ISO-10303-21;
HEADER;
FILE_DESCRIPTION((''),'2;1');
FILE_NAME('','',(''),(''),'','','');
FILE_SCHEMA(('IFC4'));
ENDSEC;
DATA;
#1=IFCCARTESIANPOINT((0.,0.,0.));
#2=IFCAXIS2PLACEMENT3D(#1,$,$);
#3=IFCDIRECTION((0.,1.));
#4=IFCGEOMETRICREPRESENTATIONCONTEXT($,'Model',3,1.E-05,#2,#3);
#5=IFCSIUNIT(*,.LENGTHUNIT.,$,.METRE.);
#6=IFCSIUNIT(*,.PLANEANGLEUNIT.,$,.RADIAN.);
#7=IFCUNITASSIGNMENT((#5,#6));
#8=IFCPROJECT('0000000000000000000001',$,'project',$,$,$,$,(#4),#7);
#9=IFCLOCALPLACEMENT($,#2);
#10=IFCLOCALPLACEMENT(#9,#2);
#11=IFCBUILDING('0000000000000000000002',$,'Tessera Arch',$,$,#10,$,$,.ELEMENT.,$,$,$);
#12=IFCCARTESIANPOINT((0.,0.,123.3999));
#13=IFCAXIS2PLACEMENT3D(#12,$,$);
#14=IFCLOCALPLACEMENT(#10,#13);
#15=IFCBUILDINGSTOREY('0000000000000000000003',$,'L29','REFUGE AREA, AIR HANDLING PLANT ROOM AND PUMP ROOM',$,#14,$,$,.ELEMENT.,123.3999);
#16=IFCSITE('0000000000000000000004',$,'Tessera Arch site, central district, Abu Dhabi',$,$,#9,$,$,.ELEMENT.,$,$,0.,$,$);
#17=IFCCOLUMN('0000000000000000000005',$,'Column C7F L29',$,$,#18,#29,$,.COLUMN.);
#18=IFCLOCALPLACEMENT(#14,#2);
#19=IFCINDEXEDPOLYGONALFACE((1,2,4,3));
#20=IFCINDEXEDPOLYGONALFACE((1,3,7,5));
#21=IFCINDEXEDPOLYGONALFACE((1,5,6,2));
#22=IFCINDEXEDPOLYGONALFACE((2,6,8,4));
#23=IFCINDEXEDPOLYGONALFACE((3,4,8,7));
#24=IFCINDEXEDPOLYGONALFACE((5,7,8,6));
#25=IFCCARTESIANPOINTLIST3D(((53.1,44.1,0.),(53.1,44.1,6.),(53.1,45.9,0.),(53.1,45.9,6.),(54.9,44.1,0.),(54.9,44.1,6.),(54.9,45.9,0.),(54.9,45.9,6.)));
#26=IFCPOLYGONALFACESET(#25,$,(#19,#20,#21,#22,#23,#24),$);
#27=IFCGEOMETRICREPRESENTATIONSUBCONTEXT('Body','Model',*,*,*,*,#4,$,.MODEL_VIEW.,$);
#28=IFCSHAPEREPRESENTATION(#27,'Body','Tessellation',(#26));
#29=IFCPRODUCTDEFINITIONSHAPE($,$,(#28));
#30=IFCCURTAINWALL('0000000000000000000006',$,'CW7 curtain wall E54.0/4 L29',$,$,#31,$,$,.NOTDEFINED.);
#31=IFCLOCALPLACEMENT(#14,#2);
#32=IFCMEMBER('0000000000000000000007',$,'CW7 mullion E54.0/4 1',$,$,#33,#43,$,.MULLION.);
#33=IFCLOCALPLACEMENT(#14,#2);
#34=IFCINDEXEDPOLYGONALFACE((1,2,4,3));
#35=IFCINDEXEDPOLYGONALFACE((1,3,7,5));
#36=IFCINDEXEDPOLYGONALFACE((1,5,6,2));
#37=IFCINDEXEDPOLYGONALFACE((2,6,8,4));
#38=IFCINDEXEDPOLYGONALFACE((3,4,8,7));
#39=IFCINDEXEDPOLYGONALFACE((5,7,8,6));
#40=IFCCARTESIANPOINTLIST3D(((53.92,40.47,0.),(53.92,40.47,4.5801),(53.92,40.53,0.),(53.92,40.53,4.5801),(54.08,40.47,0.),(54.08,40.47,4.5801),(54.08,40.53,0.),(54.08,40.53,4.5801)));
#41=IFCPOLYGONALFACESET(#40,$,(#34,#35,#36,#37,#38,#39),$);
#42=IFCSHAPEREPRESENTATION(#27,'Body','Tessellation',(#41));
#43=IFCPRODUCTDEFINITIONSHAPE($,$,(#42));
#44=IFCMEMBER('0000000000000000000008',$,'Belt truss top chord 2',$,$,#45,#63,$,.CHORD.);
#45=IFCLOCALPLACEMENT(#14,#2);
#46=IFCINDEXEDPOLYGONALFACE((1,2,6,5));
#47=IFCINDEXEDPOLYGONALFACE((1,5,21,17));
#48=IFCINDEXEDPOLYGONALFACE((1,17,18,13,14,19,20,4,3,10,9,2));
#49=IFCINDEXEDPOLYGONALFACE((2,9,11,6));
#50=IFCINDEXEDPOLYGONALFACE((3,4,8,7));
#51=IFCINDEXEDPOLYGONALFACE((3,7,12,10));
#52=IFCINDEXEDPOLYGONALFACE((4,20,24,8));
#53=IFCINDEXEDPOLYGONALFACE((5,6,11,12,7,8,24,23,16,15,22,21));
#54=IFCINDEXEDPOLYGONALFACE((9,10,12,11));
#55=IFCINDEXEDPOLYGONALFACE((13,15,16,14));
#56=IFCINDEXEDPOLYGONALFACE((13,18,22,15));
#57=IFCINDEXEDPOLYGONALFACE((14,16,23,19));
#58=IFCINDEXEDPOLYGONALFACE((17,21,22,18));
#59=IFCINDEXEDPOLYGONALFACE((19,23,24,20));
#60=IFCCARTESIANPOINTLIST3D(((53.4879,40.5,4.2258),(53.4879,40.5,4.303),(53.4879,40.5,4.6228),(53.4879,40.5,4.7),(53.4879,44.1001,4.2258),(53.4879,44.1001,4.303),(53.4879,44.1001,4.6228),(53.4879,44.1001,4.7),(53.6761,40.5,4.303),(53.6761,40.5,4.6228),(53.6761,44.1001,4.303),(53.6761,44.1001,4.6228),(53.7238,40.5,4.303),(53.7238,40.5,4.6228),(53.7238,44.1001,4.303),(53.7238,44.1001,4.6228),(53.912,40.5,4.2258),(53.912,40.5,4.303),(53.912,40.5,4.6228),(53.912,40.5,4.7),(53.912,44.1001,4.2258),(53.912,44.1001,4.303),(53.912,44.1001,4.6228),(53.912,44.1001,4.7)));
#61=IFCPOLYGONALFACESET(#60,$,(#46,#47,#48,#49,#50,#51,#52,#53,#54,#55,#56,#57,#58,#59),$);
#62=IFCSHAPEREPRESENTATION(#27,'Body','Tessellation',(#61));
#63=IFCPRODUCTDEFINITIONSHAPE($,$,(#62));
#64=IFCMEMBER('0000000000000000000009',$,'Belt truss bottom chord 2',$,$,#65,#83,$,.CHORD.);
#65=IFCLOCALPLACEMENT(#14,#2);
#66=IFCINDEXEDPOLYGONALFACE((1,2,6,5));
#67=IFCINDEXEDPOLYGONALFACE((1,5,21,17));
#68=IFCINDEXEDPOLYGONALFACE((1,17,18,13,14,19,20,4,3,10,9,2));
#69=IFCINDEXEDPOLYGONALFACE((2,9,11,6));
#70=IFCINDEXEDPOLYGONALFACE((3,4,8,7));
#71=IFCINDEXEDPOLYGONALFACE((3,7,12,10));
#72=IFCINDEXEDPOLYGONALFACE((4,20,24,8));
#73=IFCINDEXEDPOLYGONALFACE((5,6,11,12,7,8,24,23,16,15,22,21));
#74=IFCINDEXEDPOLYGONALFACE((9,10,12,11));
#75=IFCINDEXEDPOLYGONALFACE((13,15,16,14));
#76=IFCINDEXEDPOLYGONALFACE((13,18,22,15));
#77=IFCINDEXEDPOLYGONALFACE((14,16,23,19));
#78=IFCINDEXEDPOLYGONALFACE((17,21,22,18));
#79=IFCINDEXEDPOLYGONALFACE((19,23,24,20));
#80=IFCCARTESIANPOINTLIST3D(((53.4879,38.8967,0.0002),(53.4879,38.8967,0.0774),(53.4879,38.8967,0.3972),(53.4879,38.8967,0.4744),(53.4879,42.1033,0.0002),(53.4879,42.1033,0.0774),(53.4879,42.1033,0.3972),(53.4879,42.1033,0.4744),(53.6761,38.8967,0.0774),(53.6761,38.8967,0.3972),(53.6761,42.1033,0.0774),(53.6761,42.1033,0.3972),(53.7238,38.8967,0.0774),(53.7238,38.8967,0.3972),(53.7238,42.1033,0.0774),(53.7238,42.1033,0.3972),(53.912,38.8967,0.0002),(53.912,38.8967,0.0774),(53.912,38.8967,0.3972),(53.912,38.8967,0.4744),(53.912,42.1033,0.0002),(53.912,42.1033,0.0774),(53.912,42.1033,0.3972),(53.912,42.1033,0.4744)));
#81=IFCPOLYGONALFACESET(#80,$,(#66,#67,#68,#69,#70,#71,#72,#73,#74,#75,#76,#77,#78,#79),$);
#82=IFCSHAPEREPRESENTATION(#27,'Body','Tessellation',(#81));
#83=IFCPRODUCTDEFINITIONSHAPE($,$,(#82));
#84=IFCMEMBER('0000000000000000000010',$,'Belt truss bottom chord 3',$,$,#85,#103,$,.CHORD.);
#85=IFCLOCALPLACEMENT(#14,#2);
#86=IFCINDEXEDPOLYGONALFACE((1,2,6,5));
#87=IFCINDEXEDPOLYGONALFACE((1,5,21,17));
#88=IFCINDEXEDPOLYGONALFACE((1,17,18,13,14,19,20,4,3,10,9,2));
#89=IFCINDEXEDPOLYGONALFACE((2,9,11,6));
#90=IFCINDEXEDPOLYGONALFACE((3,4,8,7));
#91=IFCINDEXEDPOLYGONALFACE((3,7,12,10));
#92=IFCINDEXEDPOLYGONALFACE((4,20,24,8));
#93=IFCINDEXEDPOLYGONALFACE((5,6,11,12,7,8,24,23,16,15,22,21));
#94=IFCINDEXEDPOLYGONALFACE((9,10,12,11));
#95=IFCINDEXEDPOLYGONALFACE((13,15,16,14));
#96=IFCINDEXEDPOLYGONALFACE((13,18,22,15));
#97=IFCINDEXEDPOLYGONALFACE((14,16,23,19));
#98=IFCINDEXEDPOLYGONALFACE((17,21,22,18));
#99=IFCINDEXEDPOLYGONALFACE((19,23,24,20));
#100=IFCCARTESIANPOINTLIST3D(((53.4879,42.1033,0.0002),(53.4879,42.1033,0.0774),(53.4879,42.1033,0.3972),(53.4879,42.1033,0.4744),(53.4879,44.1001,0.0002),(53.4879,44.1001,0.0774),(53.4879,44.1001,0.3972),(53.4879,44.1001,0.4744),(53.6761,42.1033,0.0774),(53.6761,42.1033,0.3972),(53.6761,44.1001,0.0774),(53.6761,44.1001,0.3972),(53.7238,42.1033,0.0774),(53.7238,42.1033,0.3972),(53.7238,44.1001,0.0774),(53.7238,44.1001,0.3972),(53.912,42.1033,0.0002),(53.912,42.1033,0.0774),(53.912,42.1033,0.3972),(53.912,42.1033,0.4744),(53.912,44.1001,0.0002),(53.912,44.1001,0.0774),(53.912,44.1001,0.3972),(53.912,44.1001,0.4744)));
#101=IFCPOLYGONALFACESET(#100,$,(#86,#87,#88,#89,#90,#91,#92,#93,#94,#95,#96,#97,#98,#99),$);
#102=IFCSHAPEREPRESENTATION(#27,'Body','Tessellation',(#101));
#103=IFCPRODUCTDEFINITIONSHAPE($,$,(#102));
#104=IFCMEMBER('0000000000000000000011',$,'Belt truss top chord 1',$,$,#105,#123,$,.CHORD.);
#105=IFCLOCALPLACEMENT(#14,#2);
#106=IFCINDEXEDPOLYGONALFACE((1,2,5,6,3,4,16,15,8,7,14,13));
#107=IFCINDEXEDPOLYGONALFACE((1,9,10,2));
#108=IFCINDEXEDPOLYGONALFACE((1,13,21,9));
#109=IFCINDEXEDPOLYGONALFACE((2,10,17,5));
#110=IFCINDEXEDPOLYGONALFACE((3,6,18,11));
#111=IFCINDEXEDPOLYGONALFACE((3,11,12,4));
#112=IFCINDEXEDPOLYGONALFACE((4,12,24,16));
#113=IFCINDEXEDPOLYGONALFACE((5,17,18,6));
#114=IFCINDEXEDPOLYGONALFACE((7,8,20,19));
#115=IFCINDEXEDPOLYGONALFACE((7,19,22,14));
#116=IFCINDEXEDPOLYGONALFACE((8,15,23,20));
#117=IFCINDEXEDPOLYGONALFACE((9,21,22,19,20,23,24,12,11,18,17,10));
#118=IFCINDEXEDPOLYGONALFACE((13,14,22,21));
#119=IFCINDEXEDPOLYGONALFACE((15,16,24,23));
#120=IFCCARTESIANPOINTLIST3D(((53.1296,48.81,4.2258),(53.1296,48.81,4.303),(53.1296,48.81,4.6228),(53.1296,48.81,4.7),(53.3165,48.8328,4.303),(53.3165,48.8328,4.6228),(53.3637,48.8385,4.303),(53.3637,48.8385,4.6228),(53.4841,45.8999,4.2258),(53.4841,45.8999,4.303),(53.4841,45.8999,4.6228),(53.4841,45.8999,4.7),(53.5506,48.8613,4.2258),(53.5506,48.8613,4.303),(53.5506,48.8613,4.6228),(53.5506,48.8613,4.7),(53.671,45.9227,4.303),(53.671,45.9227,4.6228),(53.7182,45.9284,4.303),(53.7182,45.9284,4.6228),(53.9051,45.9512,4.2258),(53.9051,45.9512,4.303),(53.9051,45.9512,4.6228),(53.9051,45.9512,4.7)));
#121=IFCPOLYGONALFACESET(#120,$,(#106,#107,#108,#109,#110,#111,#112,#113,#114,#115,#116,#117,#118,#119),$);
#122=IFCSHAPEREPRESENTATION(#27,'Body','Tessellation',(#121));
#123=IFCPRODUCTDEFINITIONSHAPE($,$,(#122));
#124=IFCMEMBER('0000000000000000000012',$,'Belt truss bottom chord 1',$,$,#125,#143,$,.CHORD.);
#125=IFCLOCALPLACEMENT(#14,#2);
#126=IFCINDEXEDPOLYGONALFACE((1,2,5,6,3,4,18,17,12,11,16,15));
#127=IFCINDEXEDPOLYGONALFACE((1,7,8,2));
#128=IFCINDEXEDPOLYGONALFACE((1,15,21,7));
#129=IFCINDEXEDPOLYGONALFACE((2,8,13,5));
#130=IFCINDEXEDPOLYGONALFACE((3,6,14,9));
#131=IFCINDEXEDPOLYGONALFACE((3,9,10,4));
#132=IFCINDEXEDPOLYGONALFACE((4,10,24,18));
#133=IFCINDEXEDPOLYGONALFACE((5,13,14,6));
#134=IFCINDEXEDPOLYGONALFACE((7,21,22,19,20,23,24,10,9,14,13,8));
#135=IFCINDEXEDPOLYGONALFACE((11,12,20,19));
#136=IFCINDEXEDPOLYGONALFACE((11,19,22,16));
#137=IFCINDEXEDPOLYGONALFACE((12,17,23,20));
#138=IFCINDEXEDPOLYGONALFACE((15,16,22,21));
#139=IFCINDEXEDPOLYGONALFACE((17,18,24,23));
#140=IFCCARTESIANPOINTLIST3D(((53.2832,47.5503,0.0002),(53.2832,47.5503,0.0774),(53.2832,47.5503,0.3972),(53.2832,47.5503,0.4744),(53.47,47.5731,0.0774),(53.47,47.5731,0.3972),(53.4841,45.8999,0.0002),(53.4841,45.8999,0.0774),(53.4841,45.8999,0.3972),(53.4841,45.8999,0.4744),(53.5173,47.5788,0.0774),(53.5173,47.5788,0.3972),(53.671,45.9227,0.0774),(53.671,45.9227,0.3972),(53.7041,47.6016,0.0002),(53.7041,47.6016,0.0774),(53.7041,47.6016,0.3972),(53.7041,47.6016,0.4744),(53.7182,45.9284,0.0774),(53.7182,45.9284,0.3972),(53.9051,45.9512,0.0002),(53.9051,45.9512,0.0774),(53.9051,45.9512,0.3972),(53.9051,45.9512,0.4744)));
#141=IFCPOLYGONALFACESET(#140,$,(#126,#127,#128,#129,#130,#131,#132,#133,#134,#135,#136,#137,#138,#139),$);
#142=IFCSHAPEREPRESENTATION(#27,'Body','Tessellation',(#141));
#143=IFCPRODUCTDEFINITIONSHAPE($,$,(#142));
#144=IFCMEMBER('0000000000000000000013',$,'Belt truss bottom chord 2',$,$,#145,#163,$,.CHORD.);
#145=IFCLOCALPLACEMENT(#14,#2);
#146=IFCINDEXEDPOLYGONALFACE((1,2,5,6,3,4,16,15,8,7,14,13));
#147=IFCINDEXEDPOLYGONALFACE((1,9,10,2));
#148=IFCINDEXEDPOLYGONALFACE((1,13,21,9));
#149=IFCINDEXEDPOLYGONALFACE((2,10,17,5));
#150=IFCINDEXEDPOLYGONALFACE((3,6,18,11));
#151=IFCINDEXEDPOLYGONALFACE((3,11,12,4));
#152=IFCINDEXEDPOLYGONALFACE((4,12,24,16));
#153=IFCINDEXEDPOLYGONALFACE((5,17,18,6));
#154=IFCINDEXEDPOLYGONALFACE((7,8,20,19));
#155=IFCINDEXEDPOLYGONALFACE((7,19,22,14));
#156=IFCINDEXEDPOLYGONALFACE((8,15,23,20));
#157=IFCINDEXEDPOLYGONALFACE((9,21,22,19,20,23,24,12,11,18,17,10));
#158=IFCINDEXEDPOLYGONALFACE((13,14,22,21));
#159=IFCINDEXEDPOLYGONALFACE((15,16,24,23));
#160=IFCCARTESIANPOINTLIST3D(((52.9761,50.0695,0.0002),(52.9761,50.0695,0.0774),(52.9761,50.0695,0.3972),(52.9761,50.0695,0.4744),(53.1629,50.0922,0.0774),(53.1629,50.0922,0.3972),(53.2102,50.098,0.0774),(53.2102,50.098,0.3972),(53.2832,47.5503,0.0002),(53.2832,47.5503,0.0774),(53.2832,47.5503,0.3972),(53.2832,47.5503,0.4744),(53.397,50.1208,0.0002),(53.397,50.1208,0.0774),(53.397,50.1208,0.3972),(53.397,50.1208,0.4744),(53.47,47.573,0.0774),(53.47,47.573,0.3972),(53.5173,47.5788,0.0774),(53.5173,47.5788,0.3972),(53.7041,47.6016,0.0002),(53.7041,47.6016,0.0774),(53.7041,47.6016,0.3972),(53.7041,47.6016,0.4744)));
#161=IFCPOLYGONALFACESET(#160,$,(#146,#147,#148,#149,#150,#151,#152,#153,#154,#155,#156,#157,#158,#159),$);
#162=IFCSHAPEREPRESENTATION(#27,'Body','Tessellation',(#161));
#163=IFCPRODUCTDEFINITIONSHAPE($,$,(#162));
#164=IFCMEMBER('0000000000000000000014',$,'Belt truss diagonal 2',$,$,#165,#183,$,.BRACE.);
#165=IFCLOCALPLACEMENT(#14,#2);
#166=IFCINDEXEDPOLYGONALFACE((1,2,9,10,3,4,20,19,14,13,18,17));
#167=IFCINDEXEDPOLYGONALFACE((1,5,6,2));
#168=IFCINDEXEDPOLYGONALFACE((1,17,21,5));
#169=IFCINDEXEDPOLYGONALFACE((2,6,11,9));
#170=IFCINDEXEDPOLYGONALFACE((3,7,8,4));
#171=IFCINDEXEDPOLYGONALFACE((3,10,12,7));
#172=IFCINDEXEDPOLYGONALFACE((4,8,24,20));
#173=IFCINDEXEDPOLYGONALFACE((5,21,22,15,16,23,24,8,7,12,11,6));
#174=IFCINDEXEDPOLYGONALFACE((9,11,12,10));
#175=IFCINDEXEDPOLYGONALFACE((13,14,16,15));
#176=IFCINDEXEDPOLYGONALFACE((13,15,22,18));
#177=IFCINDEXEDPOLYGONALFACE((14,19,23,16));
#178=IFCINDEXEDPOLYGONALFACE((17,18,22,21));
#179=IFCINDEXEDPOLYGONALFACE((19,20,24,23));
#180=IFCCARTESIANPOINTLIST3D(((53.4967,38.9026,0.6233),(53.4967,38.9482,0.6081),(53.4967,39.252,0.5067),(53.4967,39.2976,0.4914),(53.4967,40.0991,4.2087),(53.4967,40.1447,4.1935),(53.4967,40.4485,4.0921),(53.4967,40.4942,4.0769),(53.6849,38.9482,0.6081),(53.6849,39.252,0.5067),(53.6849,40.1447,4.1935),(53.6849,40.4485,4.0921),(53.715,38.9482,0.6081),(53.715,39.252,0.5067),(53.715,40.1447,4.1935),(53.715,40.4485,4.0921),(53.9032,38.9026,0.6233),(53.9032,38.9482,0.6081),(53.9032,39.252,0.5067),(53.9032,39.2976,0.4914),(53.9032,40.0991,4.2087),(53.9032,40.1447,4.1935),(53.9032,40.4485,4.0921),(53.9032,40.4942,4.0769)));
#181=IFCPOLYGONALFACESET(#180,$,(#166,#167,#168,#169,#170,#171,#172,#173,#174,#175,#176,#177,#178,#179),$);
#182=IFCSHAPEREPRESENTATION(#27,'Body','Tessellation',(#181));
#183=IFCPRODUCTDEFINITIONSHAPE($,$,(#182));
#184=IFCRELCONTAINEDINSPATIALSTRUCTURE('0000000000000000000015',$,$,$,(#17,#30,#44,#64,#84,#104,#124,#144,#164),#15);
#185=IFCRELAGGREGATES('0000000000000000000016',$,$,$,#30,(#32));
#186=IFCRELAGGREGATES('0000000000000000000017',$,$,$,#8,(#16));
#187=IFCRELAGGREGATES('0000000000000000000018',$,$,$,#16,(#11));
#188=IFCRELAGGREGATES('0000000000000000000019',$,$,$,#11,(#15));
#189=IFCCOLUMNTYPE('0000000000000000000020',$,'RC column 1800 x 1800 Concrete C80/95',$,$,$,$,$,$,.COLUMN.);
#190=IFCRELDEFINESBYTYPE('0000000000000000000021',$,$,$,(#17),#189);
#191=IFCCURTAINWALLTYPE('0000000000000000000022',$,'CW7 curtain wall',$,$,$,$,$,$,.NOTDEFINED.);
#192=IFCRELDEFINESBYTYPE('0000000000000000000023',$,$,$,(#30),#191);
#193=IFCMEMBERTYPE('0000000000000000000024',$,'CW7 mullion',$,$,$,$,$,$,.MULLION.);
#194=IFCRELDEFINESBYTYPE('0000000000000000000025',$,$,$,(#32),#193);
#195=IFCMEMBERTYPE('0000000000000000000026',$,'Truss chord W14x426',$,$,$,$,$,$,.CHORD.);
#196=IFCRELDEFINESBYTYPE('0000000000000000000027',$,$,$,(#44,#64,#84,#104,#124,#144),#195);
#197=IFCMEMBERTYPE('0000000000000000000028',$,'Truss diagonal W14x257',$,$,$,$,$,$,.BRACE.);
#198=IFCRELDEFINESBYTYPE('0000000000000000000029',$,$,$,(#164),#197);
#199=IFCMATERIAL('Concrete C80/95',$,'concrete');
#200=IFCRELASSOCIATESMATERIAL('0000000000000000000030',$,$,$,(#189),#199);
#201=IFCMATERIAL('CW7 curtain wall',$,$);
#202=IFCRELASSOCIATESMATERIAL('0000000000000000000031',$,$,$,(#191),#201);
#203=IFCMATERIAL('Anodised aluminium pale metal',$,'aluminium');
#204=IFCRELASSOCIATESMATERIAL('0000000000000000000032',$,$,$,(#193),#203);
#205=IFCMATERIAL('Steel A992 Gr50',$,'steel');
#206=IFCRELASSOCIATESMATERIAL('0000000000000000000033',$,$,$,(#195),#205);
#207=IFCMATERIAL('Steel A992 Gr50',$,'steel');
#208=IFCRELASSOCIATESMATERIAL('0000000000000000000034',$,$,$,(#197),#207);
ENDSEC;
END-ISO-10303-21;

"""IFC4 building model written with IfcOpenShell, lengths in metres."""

from ifc_helpers import new_model, si_unit, direction, frame, origin, origin_2d, place, context, subcontext, project, spatial, rectangle, i_section, extrude, material, material_profile, profile_set, type_object, element, aggregate, save


model = new_model("IFC4")

# Units and contexts
model_context = context("Model", 3, precision=1e-05, world=origin(), true_north=direction((0.0, 1.0)))
body_context = subcontext(model_context, "Body", "Model", "MODEL_VIEW")
ifc_project = project(units=[si_unit("LENGTHUNIT", "METRE"), si_unit("PLANEANGLEUNIT", "RADIAN")], contexts=[model_context])

# Site, building, storey
site_placement = place(None, origin())
site = spatial("IfcSite", under=ifc_project, at=site_placement, Name="Tessera Arch site, central district, Abu Dhabi", CompositionType="ELEMENT", RefElevation=0.0)
building_placement = place(site_placement, origin())
building = spatial("IfcBuilding", under=site, at=building_placement, Name="Tessera Arch", CompositionType="ELEMENT")
storey_placement = place(building_placement, frame((0.0, 0.0, 123.3999)))
storey = spatial("IfcBuildingStorey", under=building, at=storey_placement, Name="L29", Description="REFUGE AREA, AIR HANDLING PLANT ROOM AND PUMP ROOM", CompositionType="ELEMENT", Elevation=123.3999)

# Column
ifc_material_1 = material(Name="Concrete C80/95", Category="concrete")
ifc_material_profile_1 = material_profile(ifc_material_1, rectangle(XDim=1.8, YDim=1.8, at=origin_2d()), Name="RC column 1800 x 1800 Concrete C80/95")
ifc_profile_set_1 = profile_set([ifc_material_profile_1], Name="Concrete C80/95")
column_type = type_object("IfcColumnType", Name="RC column 1800 x 1800 Concrete C80/95", PredefinedType="COLUMN", material=ifc_profile_set_1)
column_placement = place(storey_placement, frame((54.0, 45.0, 0.0), z_axis=(0.0, 0.0, 1.0), x_axis=(1.0, 0.0, 0.0)))
element("IfcColumn", 1, at=column_placement, inside=storey, type_object=column_type, Name="Column C7F L29", PredefinedType="COLUMN", context=body_context, shape_type="SweptSolid", body=[
    extrude(rectangle(XDim=1.8, YDim=1.8, at=origin_2d()), origin(), (0.0, 0.0, 1.0), 6.0),
])

# Curtain wall, member
ifc_material_2 = material(Name="CW7 curtain wall")
curtain_wall_type = type_object("IfcCurtainWallType", Name="CW7 curtain wall", PredefinedType="NOTDEFINED", material=ifc_material_2)
curtain_wall_1_placement = place(storey_placement, origin())
curtain_wall_1 = element("IfcCurtainWall", 2, at=curtain_wall_1_placement, inside=storey, type_object=curtain_wall_type, Name="CW7 curtain wall E54.0/4 L29", PredefinedType="NOTDEFINED")
ifc_material_3 = material(Name="Anodised aluminium pale metal", Category="aluminium")
ifc_material_profile_2 = material_profile(ifc_material_3, rectangle(XDim=0.1599, YDim=0.0601, at=origin_2d()), Name="AL 60x160")
ifc_profile_set_2 = profile_set([ifc_material_profile_2], Name="Anodised aluminium pale metal")
member_type_1 = type_object("IfcMemberType", Name="CW7 mullion", PredefinedType="MULLION", material=ifc_profile_set_2)
member_1_placement = place(storey_placement, frame((54.0, 40.5, 0.0), z_axis=(0.0, 0.0, 1.0), x_axis=(-1.0, 0.0, 0.0)))
member_1 = element("IfcMember", 3, at=member_1_placement, type_object=member_type_1, Name="CW7 mullion E54.0/4 1", PredefinedType="MULLION", context=body_context, shape_type="SweptSolid", body=[
    extrude(rectangle(XDim=0.1599, YDim=0.0601, at=origin_2d()), origin(), (0.0, 0.0, 1.0), 4.5801),
])

# Members
ifc_material_4 = material(Name="Steel A992 Gr50", Category="steel")
ifc_material_profile_3 = material_profile(ifc_material_4, i_section(OverallWidth=0.4241, OverallDepth=0.4741, WebThickness=0.0476, FlangeThickness=0.0771, at=origin_2d()), Name="W14x426")
ifc_profile_set_3 = profile_set([ifc_material_profile_3], Name="Steel A992 Gr50")
member_type_2 = type_object("IfcMemberType", Name="Truss chord W14x426", PredefinedType="CHORD", material=ifc_profile_set_3)
member_2_placement = place(storey_placement, frame((53.7, 40.5, 4.4629), z_axis=(0.0, 1.0, 0.0), x_axis=(-1.0, 0.0, 0.0)))
element("IfcMember", 4, at=member_2_placement, inside=storey, type_object=member_type_2, Name="Belt truss top chord 2", PredefinedType="CHORD", context=body_context, shape_type="SweptSolid", body=[
    extrude(i_section(OverallWidth=0.4241, OverallDepth=0.4741, WebThickness=0.0476, FlangeThickness=0.0771, at=origin_2d()), origin(), (0.0, 0.0, 1.0), 3.6001),
])
member_3_placement = place(storey_placement, frame((53.7, 38.8967, 0.2373), z_axis=(0.0, 1.0, 0.0), x_axis=(-1.0, 0.0, 0.0)))
element("IfcMember", 5, at=member_3_placement, inside=storey, type_object=member_type_2, Name="Belt truss bottom chord 2", PredefinedType="CHORD", context=body_context, shape_type="SweptSolid", body=[
    extrude(i_section(OverallWidth=0.4241, OverallDepth=0.4741, WebThickness=0.0476, FlangeThickness=0.0771, at=origin_2d()), origin(), (0.0, 0.0, 1.0), 3.2065),
])
member_4_placement = place(storey_placement, frame((53.7, 42.1033, 0.2373), z_axis=(0.0, 1.0, 0.0), x_axis=(-1.0, 0.0, 0.0)))
element("IfcMember", 6, at=member_4_placement, inside=storey, type_object=member_type_2, Name="Belt truss bottom chord 3", PredefinedType="CHORD", context=body_context, shape_type="SweptSolid", body=[
    extrude(i_section(OverallWidth=0.4241, OverallDepth=0.4741, WebThickness=0.0476, FlangeThickness=0.0771, at=origin_2d()), origin(), (0.0, 0.0, 1.0), 1.9968),
])
member_5_placement = place(storey_placement, frame((53.6946, 45.9255, 4.4629), z_axis=(-0.120918, 0.992662, 0.0), x_axis=(-0.992662, -0.120918, 0.0)))
element("IfcMember", 7, at=member_5_placement, inside=storey, type_object=member_type_2, Name="Belt truss top chord 1", PredefinedType="CHORD", context=body_context, shape_type="SweptSolid", body=[
    extrude(i_section(OverallWidth=0.4241, OverallDepth=0.4741, WebThickness=0.0476, FlangeThickness=0.0771, at=origin_2d()), origin(), (0.0, 0.0, 1.0), 2.9316),
])
member_6_placement = place(storey_placement, frame((53.6946, 45.9255, 0.2373), z_axis=(-0.120853, 0.99267, 0.0), x_axis=(-0.99267, -0.120853, 0.0)))
element("IfcMember", 8, at=member_6_placement, inside=storey, type_object=member_type_2, Name="Belt truss bottom chord 1", PredefinedType="CHORD", context=body_context, shape_type="SweptSolid", body=[
    extrude(i_section(OverallWidth=0.4241, OverallDepth=0.4741, WebThickness=0.0476, FlangeThickness=0.0771, at=origin_2d()), origin(), (0.0, 0.0, 1.0), 1.6626),
])
member_7_placement = place(storey_placement, frame((53.4937, 47.5759, 0.2373), z_axis=(-0.121015, 0.992651, 0.0), x_axis=(-0.992651, -0.121015, 0.0)))
element("IfcMember", 9, at=member_7_placement, inside=storey, type_object=member_type_2, Name="Belt truss bottom chord 2", PredefinedType="CHORD", context=body_context, shape_type="SweptSolid", body=[
    extrude(i_section(OverallWidth=0.4241, OverallDepth=0.4741, WebThickness=0.0476, FlangeThickness=0.0771, at=origin_2d()), origin(), (0.0, 0.0, 1.0), 2.5378),
])
ifc_material_5 = material(Name="Steel A992 Gr50", Category="steel")
ifc_material_profile_4 = material_profile(ifc_material_5, i_section(OverallWidth=0.4065, OverallDepth=0.4165, WebThickness=0.03, FlangeThickness=0.0481, at=origin_2d()), Name="W14x257")
ifc_profile_set_4 = profile_set([ifc_material_profile_4], Name="Steel A992 Gr50")
member_type_3 = type_object("IfcMemberType", Name="Truss diagonal W14x257", PredefinedType="BRACE", material=ifc_profile_set_4)
for number, where, z_axis, x_axis, name in (
    (10, (53.7, 39.1001, 0.5574), (0.0, 0.316557, 0.948573), (-1.0, 0.0, 0.0), "Belt truss diagonal 2"),
):
    element("IfcMember", number, at=place(storey_placement, frame(where, z_axis=z_axis, x_axis=x_axis)), inside=storey, type_object=member_type_3, Name=name, PredefinedType="BRACE", context=body_context, shape_type="SweptSolid", body=[
        extrude(i_section(OverallWidth=0.4065, OverallDepth=0.4165, WebThickness=0.03, FlangeThickness=0.0481, at=origin_2d()), origin(), (0.0, 0.0, 1.0), 3.7798),
    ])

aggregate(curtain_wall_1, [member_1])

save(model, "model.ifc")
